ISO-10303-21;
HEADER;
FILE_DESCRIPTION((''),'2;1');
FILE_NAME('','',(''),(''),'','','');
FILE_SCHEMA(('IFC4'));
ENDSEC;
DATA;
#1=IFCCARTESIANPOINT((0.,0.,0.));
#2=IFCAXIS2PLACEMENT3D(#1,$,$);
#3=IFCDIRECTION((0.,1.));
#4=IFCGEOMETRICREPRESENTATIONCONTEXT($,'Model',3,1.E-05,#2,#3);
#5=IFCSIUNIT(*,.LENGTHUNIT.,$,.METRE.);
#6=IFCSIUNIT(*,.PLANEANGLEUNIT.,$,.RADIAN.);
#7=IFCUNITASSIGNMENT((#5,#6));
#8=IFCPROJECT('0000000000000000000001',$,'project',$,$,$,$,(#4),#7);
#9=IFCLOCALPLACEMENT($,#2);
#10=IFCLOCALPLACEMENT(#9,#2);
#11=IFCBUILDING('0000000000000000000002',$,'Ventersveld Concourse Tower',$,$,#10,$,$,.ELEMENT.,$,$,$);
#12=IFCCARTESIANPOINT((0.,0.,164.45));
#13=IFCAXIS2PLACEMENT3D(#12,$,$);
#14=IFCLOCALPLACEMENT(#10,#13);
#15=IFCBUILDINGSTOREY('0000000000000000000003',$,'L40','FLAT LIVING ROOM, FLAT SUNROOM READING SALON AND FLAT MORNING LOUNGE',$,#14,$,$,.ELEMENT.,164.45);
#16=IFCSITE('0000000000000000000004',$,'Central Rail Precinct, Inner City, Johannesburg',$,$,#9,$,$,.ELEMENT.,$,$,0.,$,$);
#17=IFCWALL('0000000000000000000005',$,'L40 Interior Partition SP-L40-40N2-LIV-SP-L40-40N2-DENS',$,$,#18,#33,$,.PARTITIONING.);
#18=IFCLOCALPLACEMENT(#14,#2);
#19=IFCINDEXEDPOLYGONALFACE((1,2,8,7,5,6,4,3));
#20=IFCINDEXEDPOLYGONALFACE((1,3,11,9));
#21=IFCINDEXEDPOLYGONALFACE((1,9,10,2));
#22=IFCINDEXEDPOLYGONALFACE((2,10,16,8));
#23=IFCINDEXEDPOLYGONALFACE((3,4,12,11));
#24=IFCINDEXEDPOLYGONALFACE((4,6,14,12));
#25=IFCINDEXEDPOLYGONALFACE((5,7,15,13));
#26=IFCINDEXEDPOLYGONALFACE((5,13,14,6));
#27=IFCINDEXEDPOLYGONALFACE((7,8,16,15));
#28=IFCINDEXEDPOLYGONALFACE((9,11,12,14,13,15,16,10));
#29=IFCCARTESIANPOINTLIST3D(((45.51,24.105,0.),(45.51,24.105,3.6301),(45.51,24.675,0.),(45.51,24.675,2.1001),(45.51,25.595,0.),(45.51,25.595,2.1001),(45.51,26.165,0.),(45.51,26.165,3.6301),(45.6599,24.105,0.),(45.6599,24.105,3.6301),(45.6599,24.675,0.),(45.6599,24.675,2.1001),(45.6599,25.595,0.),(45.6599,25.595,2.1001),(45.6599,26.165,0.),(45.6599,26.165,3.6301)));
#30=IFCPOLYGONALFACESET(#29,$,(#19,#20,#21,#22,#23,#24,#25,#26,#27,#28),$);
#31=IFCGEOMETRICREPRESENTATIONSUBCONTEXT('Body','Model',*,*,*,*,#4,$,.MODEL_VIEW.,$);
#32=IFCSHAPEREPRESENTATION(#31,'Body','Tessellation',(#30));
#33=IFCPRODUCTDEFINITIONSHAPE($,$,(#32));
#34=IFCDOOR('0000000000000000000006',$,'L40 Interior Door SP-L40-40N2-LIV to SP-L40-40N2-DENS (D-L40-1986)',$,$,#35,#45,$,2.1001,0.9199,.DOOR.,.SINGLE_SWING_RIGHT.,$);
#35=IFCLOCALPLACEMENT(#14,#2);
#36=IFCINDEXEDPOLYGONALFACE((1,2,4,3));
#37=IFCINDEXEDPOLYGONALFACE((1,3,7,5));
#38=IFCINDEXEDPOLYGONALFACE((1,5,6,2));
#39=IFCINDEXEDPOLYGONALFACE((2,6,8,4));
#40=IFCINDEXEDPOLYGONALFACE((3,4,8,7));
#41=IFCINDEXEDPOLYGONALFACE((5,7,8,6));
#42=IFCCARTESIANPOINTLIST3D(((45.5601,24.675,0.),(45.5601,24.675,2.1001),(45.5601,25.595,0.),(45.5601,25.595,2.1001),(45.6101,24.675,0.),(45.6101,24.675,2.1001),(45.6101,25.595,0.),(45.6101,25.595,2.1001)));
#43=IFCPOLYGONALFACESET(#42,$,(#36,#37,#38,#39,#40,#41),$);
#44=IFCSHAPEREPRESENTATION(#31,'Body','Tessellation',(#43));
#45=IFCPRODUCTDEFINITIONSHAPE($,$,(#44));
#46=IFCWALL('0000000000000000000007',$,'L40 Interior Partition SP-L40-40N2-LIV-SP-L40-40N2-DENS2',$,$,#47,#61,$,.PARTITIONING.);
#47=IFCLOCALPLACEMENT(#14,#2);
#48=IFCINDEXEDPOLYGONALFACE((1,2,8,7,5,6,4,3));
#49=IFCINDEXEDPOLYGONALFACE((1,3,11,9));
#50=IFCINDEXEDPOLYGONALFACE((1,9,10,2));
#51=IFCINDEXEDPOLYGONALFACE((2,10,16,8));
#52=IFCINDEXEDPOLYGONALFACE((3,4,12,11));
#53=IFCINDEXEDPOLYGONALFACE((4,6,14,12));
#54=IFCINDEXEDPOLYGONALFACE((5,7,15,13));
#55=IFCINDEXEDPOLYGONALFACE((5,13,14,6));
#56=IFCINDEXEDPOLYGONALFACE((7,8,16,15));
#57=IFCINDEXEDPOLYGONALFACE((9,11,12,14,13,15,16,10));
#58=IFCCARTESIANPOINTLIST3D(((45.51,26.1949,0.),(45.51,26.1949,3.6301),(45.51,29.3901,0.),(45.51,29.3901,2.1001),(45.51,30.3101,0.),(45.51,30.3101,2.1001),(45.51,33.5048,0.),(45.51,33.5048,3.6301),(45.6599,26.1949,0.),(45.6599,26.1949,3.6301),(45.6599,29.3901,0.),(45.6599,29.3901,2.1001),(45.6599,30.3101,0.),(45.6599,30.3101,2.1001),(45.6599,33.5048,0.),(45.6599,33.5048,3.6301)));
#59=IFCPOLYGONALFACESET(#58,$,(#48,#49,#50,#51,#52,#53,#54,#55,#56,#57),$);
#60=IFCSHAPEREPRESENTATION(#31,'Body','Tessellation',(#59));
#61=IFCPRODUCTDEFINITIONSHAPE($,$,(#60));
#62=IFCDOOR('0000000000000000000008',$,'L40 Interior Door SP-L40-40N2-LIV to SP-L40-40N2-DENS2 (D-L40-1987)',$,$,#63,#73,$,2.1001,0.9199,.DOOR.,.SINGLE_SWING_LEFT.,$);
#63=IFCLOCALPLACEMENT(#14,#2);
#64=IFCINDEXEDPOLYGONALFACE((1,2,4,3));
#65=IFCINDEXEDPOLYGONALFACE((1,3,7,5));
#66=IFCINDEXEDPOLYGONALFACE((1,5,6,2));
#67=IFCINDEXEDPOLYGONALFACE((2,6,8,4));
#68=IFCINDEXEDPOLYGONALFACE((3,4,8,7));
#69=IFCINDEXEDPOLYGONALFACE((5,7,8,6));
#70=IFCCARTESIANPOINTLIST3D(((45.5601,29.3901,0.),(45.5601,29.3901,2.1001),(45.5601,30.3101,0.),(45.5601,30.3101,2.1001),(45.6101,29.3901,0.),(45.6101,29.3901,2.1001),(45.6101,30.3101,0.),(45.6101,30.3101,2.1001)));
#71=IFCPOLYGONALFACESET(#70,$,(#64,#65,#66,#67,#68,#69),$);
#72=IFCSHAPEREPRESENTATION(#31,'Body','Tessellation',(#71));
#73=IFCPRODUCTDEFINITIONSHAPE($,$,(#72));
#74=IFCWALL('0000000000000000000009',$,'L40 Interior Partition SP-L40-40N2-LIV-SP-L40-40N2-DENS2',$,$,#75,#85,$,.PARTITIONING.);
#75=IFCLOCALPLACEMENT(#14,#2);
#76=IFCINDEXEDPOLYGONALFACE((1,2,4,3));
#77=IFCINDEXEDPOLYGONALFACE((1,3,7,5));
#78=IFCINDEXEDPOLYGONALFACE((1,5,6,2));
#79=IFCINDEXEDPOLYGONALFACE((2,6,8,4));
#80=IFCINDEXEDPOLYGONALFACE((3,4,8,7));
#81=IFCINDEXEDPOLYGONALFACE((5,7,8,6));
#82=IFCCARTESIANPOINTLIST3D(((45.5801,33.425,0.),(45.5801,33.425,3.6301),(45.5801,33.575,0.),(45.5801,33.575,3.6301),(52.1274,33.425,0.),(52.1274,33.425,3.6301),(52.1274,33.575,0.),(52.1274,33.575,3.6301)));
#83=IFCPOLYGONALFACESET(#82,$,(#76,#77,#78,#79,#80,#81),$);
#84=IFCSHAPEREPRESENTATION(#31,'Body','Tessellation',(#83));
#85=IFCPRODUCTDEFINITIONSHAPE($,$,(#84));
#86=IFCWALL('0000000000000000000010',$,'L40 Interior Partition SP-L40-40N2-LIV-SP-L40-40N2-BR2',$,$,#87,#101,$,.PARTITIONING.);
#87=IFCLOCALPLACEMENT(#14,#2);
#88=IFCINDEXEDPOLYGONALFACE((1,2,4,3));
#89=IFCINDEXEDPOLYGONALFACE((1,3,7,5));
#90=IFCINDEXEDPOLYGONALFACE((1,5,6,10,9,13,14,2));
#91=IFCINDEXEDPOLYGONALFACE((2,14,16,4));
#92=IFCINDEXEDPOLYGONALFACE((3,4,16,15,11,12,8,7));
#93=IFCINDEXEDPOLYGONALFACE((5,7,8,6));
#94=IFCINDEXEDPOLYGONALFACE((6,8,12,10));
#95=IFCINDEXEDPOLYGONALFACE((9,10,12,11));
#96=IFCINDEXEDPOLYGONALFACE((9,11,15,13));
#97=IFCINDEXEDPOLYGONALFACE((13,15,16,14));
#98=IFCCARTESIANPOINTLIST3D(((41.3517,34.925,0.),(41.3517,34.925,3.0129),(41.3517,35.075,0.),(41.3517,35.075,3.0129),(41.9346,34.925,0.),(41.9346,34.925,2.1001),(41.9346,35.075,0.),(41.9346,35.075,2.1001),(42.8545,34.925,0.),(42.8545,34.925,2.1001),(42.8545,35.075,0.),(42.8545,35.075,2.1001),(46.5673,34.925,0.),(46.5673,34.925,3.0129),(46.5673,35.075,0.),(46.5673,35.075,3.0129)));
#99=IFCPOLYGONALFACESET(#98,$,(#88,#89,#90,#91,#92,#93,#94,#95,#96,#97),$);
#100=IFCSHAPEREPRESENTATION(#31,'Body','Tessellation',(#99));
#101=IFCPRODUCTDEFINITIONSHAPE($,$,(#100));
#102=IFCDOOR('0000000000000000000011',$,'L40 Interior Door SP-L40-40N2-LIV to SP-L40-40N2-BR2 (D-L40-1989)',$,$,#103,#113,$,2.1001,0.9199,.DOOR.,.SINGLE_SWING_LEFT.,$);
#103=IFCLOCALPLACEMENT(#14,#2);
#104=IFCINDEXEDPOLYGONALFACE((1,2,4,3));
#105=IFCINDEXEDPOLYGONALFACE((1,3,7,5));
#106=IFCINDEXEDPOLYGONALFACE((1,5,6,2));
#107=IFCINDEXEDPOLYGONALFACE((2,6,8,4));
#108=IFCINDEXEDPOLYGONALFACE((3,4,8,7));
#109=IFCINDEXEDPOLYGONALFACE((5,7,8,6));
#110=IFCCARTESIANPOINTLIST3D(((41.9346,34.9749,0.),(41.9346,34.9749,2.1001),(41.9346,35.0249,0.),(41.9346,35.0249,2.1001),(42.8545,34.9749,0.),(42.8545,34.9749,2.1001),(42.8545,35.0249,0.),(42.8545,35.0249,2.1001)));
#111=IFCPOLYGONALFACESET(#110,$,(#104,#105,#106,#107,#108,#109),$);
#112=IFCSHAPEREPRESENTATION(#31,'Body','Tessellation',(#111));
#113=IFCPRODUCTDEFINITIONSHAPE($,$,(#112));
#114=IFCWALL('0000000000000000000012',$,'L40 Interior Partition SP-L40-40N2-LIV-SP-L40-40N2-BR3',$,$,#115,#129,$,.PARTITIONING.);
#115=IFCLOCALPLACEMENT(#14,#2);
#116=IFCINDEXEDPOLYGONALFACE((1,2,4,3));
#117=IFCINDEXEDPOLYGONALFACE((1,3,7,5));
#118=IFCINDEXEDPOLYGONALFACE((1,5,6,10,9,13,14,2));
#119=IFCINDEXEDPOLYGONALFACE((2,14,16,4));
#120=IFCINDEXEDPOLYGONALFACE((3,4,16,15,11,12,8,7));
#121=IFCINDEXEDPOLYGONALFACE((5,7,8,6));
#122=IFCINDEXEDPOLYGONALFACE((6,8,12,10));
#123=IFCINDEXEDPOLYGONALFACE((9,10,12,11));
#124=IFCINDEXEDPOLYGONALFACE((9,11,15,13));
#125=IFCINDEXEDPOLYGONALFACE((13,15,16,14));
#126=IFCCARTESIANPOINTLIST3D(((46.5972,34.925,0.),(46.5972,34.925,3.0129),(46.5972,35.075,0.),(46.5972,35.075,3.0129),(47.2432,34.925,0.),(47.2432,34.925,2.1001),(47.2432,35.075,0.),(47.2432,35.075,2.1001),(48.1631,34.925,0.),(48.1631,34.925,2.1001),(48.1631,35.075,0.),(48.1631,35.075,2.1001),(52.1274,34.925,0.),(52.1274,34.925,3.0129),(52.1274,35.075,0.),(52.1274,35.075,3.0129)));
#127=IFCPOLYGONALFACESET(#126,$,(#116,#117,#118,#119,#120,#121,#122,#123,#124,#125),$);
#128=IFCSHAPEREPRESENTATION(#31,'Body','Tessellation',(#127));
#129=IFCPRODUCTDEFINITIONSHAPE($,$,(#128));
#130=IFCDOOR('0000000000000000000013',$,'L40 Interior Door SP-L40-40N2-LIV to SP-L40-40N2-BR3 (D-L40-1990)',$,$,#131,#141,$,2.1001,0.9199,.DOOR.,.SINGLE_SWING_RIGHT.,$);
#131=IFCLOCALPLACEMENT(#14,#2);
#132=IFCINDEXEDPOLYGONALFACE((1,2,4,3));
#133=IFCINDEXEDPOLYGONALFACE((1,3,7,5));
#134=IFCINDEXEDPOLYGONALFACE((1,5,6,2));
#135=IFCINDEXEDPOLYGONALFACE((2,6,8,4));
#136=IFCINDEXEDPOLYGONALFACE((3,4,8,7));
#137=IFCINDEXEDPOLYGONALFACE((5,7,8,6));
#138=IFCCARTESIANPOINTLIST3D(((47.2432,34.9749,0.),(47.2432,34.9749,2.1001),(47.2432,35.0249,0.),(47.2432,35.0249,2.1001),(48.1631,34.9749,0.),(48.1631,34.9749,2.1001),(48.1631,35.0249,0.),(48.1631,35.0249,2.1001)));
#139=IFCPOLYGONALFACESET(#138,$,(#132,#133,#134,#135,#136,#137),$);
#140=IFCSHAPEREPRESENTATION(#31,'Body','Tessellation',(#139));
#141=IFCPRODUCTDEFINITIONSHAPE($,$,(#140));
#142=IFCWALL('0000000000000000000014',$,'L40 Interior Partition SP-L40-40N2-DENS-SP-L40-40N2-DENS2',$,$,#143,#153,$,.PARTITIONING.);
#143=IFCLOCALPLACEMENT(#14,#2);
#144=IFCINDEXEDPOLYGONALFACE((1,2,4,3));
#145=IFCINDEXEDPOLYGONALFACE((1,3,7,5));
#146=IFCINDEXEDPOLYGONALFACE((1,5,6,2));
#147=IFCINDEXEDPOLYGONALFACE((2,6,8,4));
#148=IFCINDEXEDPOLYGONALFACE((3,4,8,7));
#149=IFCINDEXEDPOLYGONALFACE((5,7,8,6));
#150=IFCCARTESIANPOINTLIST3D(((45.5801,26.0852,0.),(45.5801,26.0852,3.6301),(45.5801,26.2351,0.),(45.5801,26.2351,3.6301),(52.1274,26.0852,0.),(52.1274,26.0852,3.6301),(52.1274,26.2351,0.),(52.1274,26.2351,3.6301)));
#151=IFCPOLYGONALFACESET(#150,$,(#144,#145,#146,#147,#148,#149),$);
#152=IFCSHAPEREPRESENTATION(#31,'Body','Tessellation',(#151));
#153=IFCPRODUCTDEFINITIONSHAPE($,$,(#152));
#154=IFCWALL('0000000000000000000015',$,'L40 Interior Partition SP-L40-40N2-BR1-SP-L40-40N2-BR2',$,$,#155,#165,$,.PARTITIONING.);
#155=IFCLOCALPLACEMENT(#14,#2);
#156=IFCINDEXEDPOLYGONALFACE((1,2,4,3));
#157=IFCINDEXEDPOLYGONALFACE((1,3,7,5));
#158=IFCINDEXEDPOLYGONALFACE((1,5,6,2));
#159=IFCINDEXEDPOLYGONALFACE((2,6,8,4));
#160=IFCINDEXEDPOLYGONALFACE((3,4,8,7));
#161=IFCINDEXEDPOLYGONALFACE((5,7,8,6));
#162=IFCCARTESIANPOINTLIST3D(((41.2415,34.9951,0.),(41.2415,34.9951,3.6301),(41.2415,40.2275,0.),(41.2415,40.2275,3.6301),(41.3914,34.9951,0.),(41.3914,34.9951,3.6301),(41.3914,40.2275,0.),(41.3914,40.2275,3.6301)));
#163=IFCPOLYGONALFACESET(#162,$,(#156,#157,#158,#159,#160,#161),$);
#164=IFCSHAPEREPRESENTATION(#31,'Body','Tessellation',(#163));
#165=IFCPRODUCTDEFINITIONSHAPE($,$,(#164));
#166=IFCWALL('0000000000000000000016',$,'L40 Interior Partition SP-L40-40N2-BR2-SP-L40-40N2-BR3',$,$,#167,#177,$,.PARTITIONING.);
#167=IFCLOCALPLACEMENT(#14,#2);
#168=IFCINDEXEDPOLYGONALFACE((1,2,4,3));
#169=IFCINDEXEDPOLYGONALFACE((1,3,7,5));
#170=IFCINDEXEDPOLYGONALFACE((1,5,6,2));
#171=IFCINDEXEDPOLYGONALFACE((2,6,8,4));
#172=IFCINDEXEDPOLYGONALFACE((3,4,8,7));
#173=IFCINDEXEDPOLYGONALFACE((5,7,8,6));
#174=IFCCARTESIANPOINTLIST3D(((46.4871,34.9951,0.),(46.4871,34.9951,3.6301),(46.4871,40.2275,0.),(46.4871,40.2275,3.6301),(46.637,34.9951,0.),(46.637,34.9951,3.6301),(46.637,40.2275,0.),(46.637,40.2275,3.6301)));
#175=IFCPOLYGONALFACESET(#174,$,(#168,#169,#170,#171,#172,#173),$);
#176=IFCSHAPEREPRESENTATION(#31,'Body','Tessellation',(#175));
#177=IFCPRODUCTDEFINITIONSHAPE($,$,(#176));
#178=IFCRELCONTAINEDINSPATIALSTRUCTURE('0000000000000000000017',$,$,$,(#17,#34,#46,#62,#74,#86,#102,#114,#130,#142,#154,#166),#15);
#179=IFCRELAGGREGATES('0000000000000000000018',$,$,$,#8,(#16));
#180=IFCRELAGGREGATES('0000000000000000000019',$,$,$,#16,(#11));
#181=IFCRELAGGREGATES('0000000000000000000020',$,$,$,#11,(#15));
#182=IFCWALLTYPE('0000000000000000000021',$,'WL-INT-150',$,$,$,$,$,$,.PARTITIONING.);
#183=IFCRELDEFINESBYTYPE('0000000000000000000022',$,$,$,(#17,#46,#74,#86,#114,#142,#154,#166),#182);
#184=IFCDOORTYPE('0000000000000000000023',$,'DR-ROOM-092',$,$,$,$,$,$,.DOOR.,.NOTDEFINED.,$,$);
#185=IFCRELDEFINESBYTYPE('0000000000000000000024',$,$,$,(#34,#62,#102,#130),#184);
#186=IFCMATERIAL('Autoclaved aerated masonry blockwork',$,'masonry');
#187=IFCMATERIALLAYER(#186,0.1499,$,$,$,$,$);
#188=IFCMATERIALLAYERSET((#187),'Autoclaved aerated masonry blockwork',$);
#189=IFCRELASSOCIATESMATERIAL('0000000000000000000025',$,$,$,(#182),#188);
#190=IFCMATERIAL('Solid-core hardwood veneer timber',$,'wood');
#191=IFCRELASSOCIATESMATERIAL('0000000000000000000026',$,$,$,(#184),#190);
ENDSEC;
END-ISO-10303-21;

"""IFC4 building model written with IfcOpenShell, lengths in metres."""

from ifc_helpers import new_model, si_unit, direction, frame, frame_2d, origin, place, context, subcontext, project, spatial, rectangle, extrude, material, layer, layer_set, type_object, element, fill, save


model = new_model("IFC4")

# Units and contexts
model_context = context("Model", 3, precision=1e-05, world=origin(), true_north=direction((0.0, 1.0)))
body_context = subcontext(model_context, "Body", "Model", "MODEL_VIEW")
ifc_project = project(units=[si_unit("LENGTHUNIT", "METRE"), si_unit("PLANEANGLEUNIT", "RADIAN")], contexts=[model_context])

# Site, building, storey
site_placement = place(None, origin())
site = spatial("IfcSite", under=ifc_project, at=site_placement, Name="Central Rail Precinct, Inner City, Johannesburg", CompositionType="ELEMENT", RefElevation=0.0)
building_placement = place(site_placement, origin())
building = spatial("IfcBuilding", under=site, at=building_placement, Name="Ventersveld Concourse Tower", CompositionType="ELEMENT")
storey_placement = place(building_placement, frame((0.0, 0.0, 164.45)))
storey = spatial("IfcBuildingStorey", under=building, at=storey_placement, Name="L40", Description="FLAT LIVING ROOM, FLAT SUNROOM READING SALON AND FLAT MORNING LOUNGE", CompositionType="ELEMENT", Elevation=164.45)

# Walls, openings, doors
ifc_material_1 = material(Name="Autoclaved aerated masonry blockwork", Category="masonry")
ifc_layer_1 = layer(ifc_material_1, 0.1499)
ifc_layer_set_1 = layer_set([ifc_layer_1], Name="Autoclaved aerated masonry blockwork")
wall_type_1 = type_object("IfcWallType", Name="WL-INT-150", PredefinedType="PARTITIONING", material=ifc_layer_set_1)
wall_1_placement = place(storey_placement, frame((45.585, 24.105, 0.0), z_axis=(0.0, 0.0, 1.0), x_axis=(0.0, 1.0, 0.0)))
wall_1 = element("IfcWall", 1, at=wall_1_placement, inside=storey, type_object=wall_type_1, Name="L40 Interior Partition SP-L40-40N2-LIV-SP-L40-40N2-DENS", PredefinedType="PARTITIONING", context=body_context, shape_type="SweptSolid", body=[
    extrude(rectangle(XDim=2.0601, YDim=0.1499, at=frame_2d((1.03, 0.0))), origin(), (0.0, 0.0, 1.0), 3.6301),
])
opening_1_placement = place(wall_1_placement, frame((0.5701, 0.0, 0.0)))
opening_1 = element("IfcOpeningElement", 2, at=opening_1_placement, cuts=wall_1, PredefinedType="OPENING", context=body_context, shape_type="SweptSolid", body=[
    extrude(rectangle(XDim=0.9199, YDim=2.1001, at=frame_2d((0.46, 1.05))), frame((0.0, 0.085, 0.0), z_axis=(0.0, -1.0, 0.0), x_axis=(1.0, 0.0, 0.0)), (0.0, 0.0, 1.0), 0.1699),
])
ifc_material_2 = material(Name="Solid-core hardwood veneer timber", Category="wood")
door_type = type_object("IfcDoorType", Name="DR-ROOM-092", OperationType="NOTDEFINED", PredefinedType="DOOR", material=ifc_material_2)
door_1_placement = place(opening_1_placement, origin())
door_1 = element("IfcDoor", 3, at=door_1_placement, inside=storey, type_object=door_type, Name="L40 Interior Door SP-L40-40N2-LIV to SP-L40-40N2-DENS (D-L40-1986)", OperationType="SINGLE_SWING_RIGHT", OverallHeight=2.1001, OverallWidth=0.9199, PredefinedType="DOOR", context=body_context, shape_type="SweptSolid", body=[
    extrude(rectangle(XDim=0.9199, YDim=2.1001, at=frame_2d((0.46, 1.05))), frame((0.0, 0.0249, 0.0), z_axis=(0.0, -1.0, 0.0), x_axis=(1.0, 0.0, 0.0)), (0.0, 0.0, 1.0), 0.05),
])
fill(opening_1, door_1)
wall_2_placement = place(storey_placement, frame((45.585, 26.1951, 0.0), z_axis=(0.0, 0.0, 1.0), x_axis=(0.0, 1.0, 0.0)))
wall_2 = element("IfcWall", 4, at=wall_2_placement, inside=storey, type_object=wall_type_1, Name="L40 Interior Partition SP-L40-40N2-LIV-SP-L40-40N2-DENS2", PredefinedType="PARTITIONING", context=body_context, shape_type="SweptSolid", body=[
    extrude(rectangle(XDim=7.3098, YDim=0.1499, at=frame_2d((3.6548, 0.0))), origin(), (0.0, 0.0, 1.0), 3.6301),
])
opening_2_placement = place(wall_2_placement, frame((3.1951, 0.0, 0.0)))
opening_2 = element("IfcOpeningElement", 5, at=opening_2_placement, cuts=wall_2, PredefinedType="OPENING", context=body_context, shape_type="SweptSolid", body=[
    extrude(rectangle(XDim=0.9199, YDim=2.1001, at=frame_2d((0.46, 1.05))), frame((0.0, 0.085, 0.0), z_axis=(0.0, -1.0, 0.0), x_axis=(1.0, 0.0, 0.0)), (0.0, 0.0, 1.0), 0.1699),
])
door_2_placement = place(opening_2_placement, origin())
door_2 = element("IfcDoor", 6, at=door_2_placement, inside=storey, type_object=door_type, Name="L40 Interior Door SP-L40-40N2-LIV to SP-L40-40N2-DENS2 (D-L40-1987)", OperationType="SINGLE_SWING_LEFT", OverallHeight=2.1001, OverallWidth=0.9199, PredefinedType="DOOR", context=body_context, shape_type="SweptSolid", body=[
    extrude(rectangle(XDim=0.9199, YDim=2.1001, at=frame_2d((0.46, 1.05))), frame((0.0, 0.0249, 0.0), z_axis=(0.0, -1.0, 0.0), x_axis=(1.0, 0.0, 0.0)), (0.0, 0.0, 1.0), 0.05),
])
fill(opening_2, door_2)

# Wall
wall_3_placement = place(storey_placement, frame((45.5801, 33.5, 0.0), z_axis=(0.0, 0.0, 1.0), x_axis=(1.0, 0.0, 0.0)))
element("IfcWall", 7, at=wall_3_placement, inside=storey, type_object=wall_type_1, Name="L40 Interior Partition SP-L40-40N2-LIV-SP-L40-40N2-DENS2", PredefinedType="PARTITIONING", context=body_context, shape_type="SweptSolid", body=[
    extrude(rectangle(XDim=6.5474, YDim=0.1499, at=frame_2d((3.2737, 0.0))), origin(), (0.0, 0.0, 1.0), 3.6301),
])

# Walls, openings, doors
wall_4_placement = place(storey_placement, frame((41.3516, 35.0, 0.0), z_axis=(0.0, 0.0, 1.0), x_axis=(1.0, 0.0, 0.0)))
wall_4 = element("IfcWall", 8, at=wall_4_placement, inside=storey, type_object=wall_type_1, Name="L40 Interior Partition SP-L40-40N2-LIV-SP-L40-40N2-BR2", PredefinedType="PARTITIONING", context=body_context, shape_type="SweptSolid", body=[
    extrude(rectangle(XDim=5.2156, YDim=0.1499, at=frame_2d((2.6079, 0.0))), origin(), (0.0, 0.0, 1.0), 3.0129),
])
opening_3_placement = place(wall_4_placement, frame((0.583, 0.0, 0.0)))
opening_3 = element("IfcOpeningElement", 9, at=opening_3_placement, cuts=wall_4, PredefinedType="OPENING", context=body_context, shape_type="SweptSolid", body=[
    extrude(rectangle(XDim=0.9199, YDim=2.1001, at=frame_2d((0.46, 1.05))), frame((0.0, 0.085, 0.0), z_axis=(0.0, -1.0, 0.0), x_axis=(1.0, 0.0, 0.0)), (0.0, 0.0, 1.0), 0.1699),
])
door_3_placement = place(opening_3_placement, origin())
door_3 = element("IfcDoor", 10, at=door_3_placement, inside=storey, type_object=door_type, Name="L40 Interior Door SP-L40-40N2-LIV to SP-L40-40N2-BR2 (D-L40-1989)", OperationType="SINGLE_SWING_LEFT", OverallHeight=2.1001, OverallWidth=0.9199, PredefinedType="DOOR", context=body_context, shape_type="SweptSolid", body=[
    extrude(rectangle(XDim=0.9199, YDim=2.1001, at=frame_2d((0.46, 1.05))), frame((0.0, 0.0249, 0.0), z_axis=(0.0, -1.0, 0.0), x_axis=(1.0, 0.0, 0.0)), (0.0, 0.0, 1.0), 0.05),
])
fill(opening_3, door_3)
wall_5_placement = place(storey_placement, frame((46.5972, 35.0, 0.0), z_axis=(0.0, 0.0, 1.0), x_axis=(1.0, 0.0, 0.0)))
wall_5 = element("IfcWall", 11, at=wall_5_placement, inside=storey, type_object=wall_type_1, Name="L40 Interior Partition SP-L40-40N2-LIV-SP-L40-40N2-BR3", PredefinedType="PARTITIONING", context=body_context, shape_type="SweptSolid", body=[
    extrude(rectangle(XDim=5.5303, YDim=0.1499, at=frame_2d((2.7651, 0.0))), origin(), (0.0, 0.0, 1.0), 3.0129),
])
opening_4_placement = place(wall_5_placement, frame((0.646, 0.0, 0.0)))
opening_4 = element("IfcOpeningElement", 12, at=opening_4_placement, cuts=wall_5, PredefinedType="OPENING", context=body_context, shape_type="SweptSolid", body=[
    extrude(rectangle(XDim=0.9199, YDim=2.1001, at=frame_2d((0.46, 1.05))), frame((0.0, 0.085, 0.0), z_axis=(0.0, -1.0, 0.0), x_axis=(1.0, 0.0, 0.0)), (0.0, 0.0, 1.0), 0.1699),
])
door_4_placement = place(opening_4_placement, origin())
door_4 = element("IfcDoor", 13, at=door_4_placement, inside=storey, type_object=door_type, Name="L40 Interior Door SP-L40-40N2-LIV to SP-L40-40N2-BR3 (D-L40-1990)", OperationType="SINGLE_SWING_RIGHT", OverallHeight=2.1001, OverallWidth=0.9199, PredefinedType="DOOR", context=body_context, shape_type="SweptSolid", body=[
    extrude(rectangle(XDim=0.9199, YDim=2.1001, at=frame_2d((0.46, 1.05))), frame((0.0, 0.0249, 0.0), z_axis=(0.0, -1.0, 0.0), x_axis=(1.0, 0.0, 0.0)), (0.0, 0.0, 1.0), 0.05),
])
fill(opening_4, door_4)

# Walls
wall_6_placement = place(storey_placement, frame((45.5801, 26.1602, 0.0), z_axis=(0.0, 0.0, 1.0), x_axis=(1.0, 0.0, 0.0)))
element("IfcWall", 14, at=wall_6_placement, inside=storey, type_object=wall_type_1, Name="L40 Interior Partition SP-L40-40N2-DENS-SP-L40-40N2-DENS2", PredefinedType="PARTITIONING", context=body_context, shape_type="SweptSolid", body=[
    extrude(rectangle(XDim=6.5474, YDim=0.1499, at=frame_2d((3.2737, 0.0))), origin(), (0.0, 0.0, 1.0), 3.6301),
])
for number, where, z_axis, x_axis, name in (
    (15, (41.3164, 34.9951, 0.0), (0.0, 0.0, 1.0), (0.0, 1.0, 0.0), "L40 Interior Partition SP-L40-40N2-BR1-SP-L40-40N2-BR2"),
    (16, (46.562, 34.9951, 0.0), (0.0, 0.0, 1.0), (0.0, 1.0, 0.0), "L40 Interior Partition SP-L40-40N2-BR2-SP-L40-40N2-BR3"),
):
    element("IfcWall", number, at=place(storey_placement, frame(where, z_axis=z_axis, x_axis=x_axis)), inside=storey, type_object=wall_type_1, Name=name, PredefinedType="PARTITIONING", context=body_context, shape_type="SweptSolid", body=[
        extrude(rectangle(XDim=5.2324, YDim=0.1499, at=frame_2d((2.6162, 0.0))), origin(), (0.0, 0.0, 1.0), 3.6301),
    ])

save(model, "model.ifc")
